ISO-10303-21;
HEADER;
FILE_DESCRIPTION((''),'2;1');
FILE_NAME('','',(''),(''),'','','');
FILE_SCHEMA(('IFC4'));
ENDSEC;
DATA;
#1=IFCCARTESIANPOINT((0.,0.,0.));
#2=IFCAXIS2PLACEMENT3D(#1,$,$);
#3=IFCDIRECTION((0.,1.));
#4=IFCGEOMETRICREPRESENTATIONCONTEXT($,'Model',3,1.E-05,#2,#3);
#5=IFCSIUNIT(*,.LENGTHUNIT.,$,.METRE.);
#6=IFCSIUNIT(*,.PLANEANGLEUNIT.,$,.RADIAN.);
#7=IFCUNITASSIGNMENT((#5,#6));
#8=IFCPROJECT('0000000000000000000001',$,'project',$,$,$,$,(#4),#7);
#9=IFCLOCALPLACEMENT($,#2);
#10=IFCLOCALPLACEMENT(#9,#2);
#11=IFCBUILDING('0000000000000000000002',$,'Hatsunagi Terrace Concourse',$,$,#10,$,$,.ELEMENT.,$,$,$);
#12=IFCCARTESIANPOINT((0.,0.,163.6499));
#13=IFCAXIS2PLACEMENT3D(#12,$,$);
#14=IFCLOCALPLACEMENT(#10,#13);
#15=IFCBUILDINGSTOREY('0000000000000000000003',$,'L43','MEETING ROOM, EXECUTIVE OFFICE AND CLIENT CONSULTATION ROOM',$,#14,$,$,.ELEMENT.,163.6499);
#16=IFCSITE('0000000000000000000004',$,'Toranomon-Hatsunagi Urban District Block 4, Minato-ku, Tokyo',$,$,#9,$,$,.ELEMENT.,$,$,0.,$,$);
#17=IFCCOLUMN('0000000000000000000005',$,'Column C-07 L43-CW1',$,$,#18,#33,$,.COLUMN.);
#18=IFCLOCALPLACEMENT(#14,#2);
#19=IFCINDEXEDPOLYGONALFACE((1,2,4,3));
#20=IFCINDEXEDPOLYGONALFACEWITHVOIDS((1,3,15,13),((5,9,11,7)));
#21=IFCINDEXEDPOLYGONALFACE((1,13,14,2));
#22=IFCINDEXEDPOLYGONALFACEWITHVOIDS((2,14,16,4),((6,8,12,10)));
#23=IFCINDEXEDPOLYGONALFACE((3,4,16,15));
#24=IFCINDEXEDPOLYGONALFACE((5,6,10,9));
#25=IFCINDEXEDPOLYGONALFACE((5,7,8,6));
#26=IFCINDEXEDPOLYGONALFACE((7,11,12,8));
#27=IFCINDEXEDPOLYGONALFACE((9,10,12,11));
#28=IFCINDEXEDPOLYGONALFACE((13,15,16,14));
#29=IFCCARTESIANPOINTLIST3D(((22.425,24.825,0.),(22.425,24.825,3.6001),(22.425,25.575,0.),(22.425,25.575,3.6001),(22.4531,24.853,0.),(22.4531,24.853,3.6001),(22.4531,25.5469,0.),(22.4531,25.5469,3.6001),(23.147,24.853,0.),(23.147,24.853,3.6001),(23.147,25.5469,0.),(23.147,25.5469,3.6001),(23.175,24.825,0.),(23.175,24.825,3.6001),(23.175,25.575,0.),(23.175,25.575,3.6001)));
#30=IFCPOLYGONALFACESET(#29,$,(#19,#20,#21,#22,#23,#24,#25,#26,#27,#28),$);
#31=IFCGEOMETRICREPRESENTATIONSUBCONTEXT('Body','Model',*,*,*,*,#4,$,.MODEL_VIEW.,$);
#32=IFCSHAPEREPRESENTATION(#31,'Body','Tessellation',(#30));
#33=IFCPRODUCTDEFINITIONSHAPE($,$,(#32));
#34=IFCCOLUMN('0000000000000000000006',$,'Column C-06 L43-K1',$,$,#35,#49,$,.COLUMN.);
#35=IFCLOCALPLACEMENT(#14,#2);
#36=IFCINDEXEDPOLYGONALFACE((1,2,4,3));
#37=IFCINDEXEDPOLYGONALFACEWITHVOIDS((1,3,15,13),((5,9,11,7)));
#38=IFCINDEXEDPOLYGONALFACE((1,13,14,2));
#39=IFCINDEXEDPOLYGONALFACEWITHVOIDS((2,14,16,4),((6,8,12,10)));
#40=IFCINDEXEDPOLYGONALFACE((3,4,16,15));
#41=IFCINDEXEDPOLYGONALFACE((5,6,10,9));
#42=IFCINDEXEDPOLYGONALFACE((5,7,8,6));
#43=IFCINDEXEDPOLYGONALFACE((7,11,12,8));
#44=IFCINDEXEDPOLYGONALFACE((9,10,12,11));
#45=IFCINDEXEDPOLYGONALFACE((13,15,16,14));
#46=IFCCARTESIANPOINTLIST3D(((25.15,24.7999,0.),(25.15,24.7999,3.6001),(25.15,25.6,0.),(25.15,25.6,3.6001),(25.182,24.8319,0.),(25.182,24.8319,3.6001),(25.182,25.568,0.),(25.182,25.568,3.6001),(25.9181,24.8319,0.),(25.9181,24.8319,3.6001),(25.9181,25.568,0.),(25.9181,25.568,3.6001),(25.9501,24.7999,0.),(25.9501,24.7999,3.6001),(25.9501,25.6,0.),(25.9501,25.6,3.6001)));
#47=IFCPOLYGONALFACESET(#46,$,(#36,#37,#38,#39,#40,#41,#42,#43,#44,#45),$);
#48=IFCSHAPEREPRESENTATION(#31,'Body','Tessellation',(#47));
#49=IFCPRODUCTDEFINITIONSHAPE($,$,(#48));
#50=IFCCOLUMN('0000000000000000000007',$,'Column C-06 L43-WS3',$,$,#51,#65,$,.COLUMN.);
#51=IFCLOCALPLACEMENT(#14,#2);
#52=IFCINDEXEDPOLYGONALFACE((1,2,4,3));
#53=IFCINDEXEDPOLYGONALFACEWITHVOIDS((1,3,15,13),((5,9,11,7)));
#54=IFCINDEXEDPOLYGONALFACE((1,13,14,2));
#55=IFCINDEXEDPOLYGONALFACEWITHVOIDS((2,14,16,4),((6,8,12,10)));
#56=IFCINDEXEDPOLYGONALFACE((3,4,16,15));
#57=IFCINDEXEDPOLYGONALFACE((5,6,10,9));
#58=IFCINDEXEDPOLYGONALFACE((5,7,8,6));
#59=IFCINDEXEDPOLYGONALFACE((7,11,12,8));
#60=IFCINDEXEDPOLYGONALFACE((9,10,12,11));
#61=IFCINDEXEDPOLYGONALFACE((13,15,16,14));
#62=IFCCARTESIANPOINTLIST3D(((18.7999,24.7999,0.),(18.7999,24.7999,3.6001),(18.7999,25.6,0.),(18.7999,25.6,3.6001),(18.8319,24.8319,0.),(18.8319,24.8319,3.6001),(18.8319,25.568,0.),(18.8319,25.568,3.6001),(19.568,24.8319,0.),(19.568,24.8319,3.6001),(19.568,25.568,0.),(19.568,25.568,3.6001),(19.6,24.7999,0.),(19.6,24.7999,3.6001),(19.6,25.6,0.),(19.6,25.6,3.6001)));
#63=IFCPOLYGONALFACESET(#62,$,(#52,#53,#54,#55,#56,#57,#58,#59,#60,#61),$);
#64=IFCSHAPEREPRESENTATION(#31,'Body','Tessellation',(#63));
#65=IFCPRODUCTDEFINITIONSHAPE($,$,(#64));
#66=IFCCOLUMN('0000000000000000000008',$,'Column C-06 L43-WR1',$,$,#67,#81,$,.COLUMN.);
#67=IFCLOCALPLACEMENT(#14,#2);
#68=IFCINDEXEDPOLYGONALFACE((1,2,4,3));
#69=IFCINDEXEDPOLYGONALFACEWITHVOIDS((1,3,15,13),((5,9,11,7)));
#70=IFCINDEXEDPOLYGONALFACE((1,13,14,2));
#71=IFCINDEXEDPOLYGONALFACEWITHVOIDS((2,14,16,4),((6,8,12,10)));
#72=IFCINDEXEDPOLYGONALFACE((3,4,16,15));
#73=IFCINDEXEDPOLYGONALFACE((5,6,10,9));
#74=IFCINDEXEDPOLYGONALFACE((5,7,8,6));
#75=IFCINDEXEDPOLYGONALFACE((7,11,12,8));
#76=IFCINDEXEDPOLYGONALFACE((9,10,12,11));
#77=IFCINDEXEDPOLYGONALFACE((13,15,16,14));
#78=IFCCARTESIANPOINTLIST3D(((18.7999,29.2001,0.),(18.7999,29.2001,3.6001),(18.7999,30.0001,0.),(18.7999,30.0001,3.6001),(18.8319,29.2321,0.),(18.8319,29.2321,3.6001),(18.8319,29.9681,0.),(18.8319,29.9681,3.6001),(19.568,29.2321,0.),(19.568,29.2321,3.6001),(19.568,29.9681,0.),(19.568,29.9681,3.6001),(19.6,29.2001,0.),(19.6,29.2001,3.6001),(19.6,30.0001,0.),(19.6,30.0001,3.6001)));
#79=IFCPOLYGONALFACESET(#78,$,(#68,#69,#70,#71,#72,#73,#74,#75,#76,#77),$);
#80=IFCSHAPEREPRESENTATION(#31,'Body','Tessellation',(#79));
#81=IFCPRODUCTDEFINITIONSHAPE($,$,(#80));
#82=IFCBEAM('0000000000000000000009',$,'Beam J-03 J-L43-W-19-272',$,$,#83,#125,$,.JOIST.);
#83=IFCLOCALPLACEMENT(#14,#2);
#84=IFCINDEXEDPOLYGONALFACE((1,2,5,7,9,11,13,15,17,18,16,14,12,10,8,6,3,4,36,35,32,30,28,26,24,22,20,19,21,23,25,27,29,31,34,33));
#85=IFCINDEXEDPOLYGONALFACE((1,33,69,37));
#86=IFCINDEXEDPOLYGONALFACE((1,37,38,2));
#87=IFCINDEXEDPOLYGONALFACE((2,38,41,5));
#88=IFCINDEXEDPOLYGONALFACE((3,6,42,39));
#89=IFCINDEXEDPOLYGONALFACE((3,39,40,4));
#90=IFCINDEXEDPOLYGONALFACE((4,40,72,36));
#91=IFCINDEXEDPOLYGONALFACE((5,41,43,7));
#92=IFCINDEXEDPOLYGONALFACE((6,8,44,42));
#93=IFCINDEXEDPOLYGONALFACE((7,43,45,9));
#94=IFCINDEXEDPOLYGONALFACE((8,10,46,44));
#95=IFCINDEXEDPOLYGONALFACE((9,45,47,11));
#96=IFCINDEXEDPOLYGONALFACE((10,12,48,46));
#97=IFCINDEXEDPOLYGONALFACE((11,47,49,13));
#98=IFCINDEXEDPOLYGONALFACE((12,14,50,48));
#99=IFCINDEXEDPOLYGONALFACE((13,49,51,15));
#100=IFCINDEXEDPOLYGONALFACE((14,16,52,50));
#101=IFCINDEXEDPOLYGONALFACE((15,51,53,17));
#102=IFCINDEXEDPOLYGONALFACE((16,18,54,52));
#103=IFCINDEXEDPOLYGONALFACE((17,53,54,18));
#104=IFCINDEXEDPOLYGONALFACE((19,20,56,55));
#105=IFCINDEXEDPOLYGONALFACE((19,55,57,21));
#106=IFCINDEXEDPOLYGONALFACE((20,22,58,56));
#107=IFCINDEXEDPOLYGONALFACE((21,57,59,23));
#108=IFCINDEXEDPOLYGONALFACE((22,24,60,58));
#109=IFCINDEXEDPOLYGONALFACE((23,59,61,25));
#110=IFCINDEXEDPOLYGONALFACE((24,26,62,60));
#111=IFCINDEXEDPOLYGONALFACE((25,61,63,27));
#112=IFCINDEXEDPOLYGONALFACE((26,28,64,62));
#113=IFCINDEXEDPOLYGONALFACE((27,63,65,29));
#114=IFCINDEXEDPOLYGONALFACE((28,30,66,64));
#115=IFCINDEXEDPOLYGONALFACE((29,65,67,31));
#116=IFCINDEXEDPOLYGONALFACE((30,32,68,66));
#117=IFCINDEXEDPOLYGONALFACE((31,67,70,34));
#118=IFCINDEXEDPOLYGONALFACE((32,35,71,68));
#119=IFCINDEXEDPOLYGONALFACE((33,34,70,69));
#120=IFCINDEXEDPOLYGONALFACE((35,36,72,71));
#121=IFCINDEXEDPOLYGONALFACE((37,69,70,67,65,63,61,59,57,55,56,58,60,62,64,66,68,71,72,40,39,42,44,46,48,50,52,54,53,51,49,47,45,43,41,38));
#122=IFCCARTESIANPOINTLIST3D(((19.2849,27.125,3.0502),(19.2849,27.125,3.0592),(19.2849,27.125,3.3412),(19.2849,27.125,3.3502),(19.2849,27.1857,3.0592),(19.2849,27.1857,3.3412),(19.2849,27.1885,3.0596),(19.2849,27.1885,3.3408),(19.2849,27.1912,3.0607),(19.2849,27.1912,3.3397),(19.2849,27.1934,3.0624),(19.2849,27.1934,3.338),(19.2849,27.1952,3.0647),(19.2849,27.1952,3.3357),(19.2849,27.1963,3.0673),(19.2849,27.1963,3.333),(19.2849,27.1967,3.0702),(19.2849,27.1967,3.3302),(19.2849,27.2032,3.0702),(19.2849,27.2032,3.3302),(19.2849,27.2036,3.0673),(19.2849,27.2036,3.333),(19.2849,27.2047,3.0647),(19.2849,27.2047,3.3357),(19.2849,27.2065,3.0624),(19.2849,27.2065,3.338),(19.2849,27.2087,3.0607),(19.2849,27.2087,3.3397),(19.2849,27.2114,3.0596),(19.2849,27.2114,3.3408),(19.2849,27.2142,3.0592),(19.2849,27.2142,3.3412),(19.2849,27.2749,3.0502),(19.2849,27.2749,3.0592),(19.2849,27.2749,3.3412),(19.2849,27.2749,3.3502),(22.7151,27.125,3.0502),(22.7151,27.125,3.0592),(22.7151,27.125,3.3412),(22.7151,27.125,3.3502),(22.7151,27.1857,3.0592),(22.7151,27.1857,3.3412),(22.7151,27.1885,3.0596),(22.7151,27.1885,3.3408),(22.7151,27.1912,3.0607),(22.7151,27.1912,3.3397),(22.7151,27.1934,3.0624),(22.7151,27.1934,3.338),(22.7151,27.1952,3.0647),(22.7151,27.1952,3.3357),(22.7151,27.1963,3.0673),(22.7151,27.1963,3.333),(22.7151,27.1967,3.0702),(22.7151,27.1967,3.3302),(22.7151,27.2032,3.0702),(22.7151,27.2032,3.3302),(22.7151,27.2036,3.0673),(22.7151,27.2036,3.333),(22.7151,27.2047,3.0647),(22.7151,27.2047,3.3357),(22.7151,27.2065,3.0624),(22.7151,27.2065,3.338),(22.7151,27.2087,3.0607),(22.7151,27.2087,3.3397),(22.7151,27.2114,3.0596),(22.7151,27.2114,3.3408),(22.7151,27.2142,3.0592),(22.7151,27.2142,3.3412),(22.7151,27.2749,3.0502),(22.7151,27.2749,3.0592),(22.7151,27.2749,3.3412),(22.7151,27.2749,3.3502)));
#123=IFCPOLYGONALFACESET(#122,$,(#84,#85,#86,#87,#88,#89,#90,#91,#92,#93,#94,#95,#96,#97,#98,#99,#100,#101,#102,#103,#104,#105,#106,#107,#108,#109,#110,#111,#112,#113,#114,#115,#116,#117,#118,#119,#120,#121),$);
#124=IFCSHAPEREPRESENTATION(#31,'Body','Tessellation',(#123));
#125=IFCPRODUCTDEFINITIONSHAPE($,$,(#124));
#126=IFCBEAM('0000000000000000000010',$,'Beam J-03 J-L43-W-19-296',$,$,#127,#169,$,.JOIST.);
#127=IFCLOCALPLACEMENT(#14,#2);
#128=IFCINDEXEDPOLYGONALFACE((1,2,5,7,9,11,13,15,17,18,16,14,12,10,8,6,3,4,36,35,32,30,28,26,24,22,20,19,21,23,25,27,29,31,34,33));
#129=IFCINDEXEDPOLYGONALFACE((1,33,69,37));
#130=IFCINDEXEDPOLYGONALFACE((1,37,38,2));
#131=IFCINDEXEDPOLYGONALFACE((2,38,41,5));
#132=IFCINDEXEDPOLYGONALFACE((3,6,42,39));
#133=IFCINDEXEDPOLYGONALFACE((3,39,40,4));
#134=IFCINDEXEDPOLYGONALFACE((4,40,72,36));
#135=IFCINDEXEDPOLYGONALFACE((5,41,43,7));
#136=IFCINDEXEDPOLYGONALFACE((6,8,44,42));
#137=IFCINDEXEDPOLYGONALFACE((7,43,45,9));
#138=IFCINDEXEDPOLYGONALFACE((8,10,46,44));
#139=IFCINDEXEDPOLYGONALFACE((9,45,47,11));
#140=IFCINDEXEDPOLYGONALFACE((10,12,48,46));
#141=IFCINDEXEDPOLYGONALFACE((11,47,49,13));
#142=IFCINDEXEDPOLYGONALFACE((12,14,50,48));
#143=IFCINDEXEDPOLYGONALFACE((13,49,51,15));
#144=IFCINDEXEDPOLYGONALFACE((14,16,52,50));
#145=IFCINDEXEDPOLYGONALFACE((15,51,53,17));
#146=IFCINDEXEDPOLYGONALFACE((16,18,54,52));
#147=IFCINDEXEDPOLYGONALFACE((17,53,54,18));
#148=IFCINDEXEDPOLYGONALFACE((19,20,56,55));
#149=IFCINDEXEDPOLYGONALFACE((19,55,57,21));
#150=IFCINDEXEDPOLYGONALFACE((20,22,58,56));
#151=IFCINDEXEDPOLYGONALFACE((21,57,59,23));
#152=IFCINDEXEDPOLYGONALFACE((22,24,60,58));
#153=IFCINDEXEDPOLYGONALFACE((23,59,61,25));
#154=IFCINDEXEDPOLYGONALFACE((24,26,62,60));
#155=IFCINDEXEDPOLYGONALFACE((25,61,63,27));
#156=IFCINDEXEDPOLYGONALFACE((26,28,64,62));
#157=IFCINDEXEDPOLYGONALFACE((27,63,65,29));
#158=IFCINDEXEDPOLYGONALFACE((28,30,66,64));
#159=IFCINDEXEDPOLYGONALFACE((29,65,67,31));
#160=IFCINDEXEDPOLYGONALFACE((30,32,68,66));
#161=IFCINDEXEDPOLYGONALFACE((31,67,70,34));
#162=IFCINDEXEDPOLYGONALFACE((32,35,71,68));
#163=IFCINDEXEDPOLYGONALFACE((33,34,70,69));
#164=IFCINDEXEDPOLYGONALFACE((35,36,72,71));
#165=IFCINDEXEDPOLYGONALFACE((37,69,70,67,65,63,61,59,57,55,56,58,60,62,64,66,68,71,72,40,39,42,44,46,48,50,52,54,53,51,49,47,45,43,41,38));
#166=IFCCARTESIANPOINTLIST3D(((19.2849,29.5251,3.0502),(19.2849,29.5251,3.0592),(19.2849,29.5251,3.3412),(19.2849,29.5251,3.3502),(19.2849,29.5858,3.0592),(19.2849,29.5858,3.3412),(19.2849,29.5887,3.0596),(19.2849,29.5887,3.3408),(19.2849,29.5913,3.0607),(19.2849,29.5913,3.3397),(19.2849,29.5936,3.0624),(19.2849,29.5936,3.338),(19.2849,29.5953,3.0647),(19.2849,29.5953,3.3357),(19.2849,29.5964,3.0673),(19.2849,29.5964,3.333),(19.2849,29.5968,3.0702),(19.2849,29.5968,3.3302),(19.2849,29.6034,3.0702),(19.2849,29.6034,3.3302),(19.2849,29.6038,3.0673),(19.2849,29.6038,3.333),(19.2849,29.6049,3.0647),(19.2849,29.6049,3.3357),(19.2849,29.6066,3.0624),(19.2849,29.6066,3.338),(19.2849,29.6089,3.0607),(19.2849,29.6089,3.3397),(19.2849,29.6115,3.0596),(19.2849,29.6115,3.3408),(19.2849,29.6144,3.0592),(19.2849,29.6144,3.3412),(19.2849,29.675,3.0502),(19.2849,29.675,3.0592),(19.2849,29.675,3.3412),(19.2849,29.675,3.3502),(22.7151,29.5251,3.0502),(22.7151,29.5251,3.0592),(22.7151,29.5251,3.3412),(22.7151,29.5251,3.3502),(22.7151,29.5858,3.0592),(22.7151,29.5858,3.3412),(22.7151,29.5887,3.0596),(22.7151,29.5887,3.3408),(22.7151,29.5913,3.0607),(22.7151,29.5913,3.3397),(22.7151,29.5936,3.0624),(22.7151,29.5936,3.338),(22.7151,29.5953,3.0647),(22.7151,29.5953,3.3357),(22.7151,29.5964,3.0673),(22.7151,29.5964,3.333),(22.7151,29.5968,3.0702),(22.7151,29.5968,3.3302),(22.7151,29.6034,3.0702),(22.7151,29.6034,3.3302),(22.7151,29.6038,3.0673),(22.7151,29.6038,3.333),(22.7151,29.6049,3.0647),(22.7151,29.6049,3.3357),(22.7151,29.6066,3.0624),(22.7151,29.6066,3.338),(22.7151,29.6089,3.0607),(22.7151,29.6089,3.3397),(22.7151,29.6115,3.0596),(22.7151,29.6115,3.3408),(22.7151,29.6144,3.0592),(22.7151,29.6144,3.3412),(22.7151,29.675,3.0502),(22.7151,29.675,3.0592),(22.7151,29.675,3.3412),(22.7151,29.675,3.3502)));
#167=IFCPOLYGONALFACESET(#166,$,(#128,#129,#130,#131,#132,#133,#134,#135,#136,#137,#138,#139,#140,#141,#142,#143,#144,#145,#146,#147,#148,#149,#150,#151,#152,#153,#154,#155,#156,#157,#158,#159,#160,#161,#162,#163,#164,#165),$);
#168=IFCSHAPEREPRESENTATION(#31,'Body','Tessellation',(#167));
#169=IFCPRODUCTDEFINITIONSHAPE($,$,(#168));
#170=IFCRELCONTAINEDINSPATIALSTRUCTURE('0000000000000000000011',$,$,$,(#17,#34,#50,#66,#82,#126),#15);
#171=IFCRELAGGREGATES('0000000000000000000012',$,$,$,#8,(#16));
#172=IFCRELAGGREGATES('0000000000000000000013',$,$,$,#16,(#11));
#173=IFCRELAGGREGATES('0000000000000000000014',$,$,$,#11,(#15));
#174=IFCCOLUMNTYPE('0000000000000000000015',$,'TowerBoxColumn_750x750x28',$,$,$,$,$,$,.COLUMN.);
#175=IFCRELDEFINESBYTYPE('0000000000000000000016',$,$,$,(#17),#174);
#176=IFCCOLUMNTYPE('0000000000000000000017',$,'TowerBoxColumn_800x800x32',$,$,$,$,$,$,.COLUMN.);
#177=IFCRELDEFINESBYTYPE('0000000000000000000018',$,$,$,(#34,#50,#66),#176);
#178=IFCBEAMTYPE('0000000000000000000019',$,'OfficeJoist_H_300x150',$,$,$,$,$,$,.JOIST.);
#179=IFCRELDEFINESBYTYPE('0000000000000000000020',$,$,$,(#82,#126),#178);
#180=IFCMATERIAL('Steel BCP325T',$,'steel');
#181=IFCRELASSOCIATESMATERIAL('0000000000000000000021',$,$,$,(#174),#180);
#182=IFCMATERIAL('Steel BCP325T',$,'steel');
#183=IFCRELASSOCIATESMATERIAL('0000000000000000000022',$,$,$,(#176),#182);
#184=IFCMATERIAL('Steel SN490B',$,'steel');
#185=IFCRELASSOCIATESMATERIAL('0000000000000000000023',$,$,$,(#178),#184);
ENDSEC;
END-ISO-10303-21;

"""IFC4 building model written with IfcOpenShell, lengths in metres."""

from ifc_helpers import new_model, si_unit, direction, frame, origin, origin_2d, place, context, subcontext, project, spatial, hollow_rectangle, i_section, extrude, material, material_profile, profile_set, type_object, element, save


model = new_model("IFC4")

# Units and contexts
model_context = context("Model", 3, precision=1e-05, world=origin(), true_north=direction((0.0, 1.0)))
body_context = subcontext(model_context, "Body", "Model", "MODEL_VIEW")
ifc_project = project(units=[si_unit("LENGTHUNIT", "METRE"), si_unit("PLANEANGLEUNIT", "RADIAN")], contexts=[model_context])

# Site, building, storey
site_placement = place(None, origin())
site = spatial("IfcSite", under=ifc_project, at=site_placement, Name="Toranomon-Hatsunagi Urban District Block 4, Minato-ku, Tokyo", CompositionType="ELEMENT", RefElevation=0.0)
building_placement = place(site_placement, origin())
building = spatial("IfcBuilding", under=site, at=building_placement, Name="Hatsunagi Terrace Concourse", CompositionType="ELEMENT")
storey_placement = place(building_placement, frame((0.0, 0.0, 163.6499)))
storey = spatial("IfcBuildingStorey", under=building, at=storey_placement, Name="L43", Description="MEETING ROOM, EXECUTIVE OFFICE AND CLIENT CONSULTATION ROOM", CompositionType="ELEMENT", Elevation=163.6499)

# Columns
ifc_material_1 = material(Name="Steel BCP325T", Category="steel")
ifc_material_profile_1 = material_profile(ifc_material_1, hollow_rectangle(XDim=0.75, YDim=0.75, WallThickness=0.0281, at=origin_2d()), Name="BCP-750x750x28")
ifc_profile_set_1 = profile_set([ifc_material_profile_1], Name="Steel BCP325T")
column_type_1 = type_object("IfcColumnType", Name="TowerBoxColumn_750x750x28", PredefinedType="COLUMN", material=ifc_profile_set_1)
column_placement = place(storey_placement, frame((22.8, 25.2, 0.0), z_axis=(0.0, 0.0, 1.0), x_axis=(1.0, 0.0, 0.0)))
element("IfcColumn", 1, at=column_placement, inside=storey, type_object=column_type_1, Name="Column C-07 L43-CW1", PredefinedType="COLUMN", context=body_context, shape_type="SweptSolid", body=[
    extrude(hollow_rectangle(XDim=0.75, YDim=0.75, WallThickness=0.0281, at=origin_2d()), origin(), (0.0, 0.0, 1.0), 3.6001),
])
ifc_material_2 = material(Name="Steel BCP325T", Category="steel")
ifc_material_profile_2 = material_profile(ifc_material_2, hollow_rectangle(XDim=0.8, YDim=0.8, WallThickness=0.032, at=origin_2d()), Name="BCP-800x800x32")
ifc_profile_set_2 = profile_set([ifc_material_profile_2], Name="Steel BCP325T")
column_type_2 = type_object("IfcColumnType", Name="TowerBoxColumn_800x800x32", PredefinedType="COLUMN", material=ifc_profile_set_2)
for number, where, z_axis, x_axis, name in (
    (2, (25.55, 25.2, 0.0), (0.0, 0.0, 1.0), (1.0, 0.0, 0.0), "Column C-06 L43-K1"),
    (3, (19.2, 25.2, 0.0), (0.0, 0.0, 1.0), (1.0, 0.0, 0.0), "Column C-06 L43-WS3"),
    (4, (19.2, 29.6001, 0.0), (0.0, 0.0, 1.0), (1.0, 0.0, 0.0), "Column C-06 L43-WR1"),
):
    element("IfcColumn", number, at=place(storey_placement, frame(where, z_axis=z_axis, x_axis=x_axis)), inside=storey, type_object=column_type_2, Name=name, PredefinedType="COLUMN", context=body_context, shape_type="SweptSolid", body=[
        extrude(hollow_rectangle(XDim=0.8, YDim=0.8, WallThickness=0.032, at=origin_2d()), origin(), (0.0, 0.0, 1.0), 3.6001),
    ])

# Beams
ifc_material_3 = material(Name="Steel SN490B", Category="steel")
ifc_material_profile_3 = material_profile(ifc_material_3, i_section(OverallWidth=0.1499, OverallDepth=0.3, WebThickness=0.0066, FlangeThickness=0.009, FilletRadius=0.011, at=origin_2d()), Name="H-300x150x6.5x9")
ifc_profile_set_3 = profile_set([ifc_material_profile_3], Name="Steel SN490B")
beam_type_1 = type_object("IfcBeamType", Name="OfficeJoist_H_300x150", PredefinedType="JOIST", material=ifc_profile_set_3)
for number, where, z_axis, x_axis, name in (
    (5, (19.2849, 27.2, 3.2002), (1.0, 0.0, 0.0), (0.0, 1.0, 0.0), "Beam J-03 J-L43-W-19-272"),
    (6, (19.2849, 29.6001, 3.2002), (1.0, 0.0, 0.0), (0.0, 1.0, 0.0), "Beam J-03 J-L43-W-19-296"),
):
    element("IfcBeam", number, at=place(storey_placement, frame(where, z_axis=z_axis, x_axis=x_axis)), inside=storey, type_object=beam_type_1, Name=name, PredefinedType="JOIST", context=body_context, shape_type="SweptSolid", body=[
        extrude(i_section(OverallWidth=0.1499, OverallDepth=0.3, WebThickness=0.0066, FlangeThickness=0.009, FilletRadius=0.011, at=origin_2d()), origin(), (0.0, 0.0, 1.0), 3.4302),
    ])

save(model, "model.ifc")
